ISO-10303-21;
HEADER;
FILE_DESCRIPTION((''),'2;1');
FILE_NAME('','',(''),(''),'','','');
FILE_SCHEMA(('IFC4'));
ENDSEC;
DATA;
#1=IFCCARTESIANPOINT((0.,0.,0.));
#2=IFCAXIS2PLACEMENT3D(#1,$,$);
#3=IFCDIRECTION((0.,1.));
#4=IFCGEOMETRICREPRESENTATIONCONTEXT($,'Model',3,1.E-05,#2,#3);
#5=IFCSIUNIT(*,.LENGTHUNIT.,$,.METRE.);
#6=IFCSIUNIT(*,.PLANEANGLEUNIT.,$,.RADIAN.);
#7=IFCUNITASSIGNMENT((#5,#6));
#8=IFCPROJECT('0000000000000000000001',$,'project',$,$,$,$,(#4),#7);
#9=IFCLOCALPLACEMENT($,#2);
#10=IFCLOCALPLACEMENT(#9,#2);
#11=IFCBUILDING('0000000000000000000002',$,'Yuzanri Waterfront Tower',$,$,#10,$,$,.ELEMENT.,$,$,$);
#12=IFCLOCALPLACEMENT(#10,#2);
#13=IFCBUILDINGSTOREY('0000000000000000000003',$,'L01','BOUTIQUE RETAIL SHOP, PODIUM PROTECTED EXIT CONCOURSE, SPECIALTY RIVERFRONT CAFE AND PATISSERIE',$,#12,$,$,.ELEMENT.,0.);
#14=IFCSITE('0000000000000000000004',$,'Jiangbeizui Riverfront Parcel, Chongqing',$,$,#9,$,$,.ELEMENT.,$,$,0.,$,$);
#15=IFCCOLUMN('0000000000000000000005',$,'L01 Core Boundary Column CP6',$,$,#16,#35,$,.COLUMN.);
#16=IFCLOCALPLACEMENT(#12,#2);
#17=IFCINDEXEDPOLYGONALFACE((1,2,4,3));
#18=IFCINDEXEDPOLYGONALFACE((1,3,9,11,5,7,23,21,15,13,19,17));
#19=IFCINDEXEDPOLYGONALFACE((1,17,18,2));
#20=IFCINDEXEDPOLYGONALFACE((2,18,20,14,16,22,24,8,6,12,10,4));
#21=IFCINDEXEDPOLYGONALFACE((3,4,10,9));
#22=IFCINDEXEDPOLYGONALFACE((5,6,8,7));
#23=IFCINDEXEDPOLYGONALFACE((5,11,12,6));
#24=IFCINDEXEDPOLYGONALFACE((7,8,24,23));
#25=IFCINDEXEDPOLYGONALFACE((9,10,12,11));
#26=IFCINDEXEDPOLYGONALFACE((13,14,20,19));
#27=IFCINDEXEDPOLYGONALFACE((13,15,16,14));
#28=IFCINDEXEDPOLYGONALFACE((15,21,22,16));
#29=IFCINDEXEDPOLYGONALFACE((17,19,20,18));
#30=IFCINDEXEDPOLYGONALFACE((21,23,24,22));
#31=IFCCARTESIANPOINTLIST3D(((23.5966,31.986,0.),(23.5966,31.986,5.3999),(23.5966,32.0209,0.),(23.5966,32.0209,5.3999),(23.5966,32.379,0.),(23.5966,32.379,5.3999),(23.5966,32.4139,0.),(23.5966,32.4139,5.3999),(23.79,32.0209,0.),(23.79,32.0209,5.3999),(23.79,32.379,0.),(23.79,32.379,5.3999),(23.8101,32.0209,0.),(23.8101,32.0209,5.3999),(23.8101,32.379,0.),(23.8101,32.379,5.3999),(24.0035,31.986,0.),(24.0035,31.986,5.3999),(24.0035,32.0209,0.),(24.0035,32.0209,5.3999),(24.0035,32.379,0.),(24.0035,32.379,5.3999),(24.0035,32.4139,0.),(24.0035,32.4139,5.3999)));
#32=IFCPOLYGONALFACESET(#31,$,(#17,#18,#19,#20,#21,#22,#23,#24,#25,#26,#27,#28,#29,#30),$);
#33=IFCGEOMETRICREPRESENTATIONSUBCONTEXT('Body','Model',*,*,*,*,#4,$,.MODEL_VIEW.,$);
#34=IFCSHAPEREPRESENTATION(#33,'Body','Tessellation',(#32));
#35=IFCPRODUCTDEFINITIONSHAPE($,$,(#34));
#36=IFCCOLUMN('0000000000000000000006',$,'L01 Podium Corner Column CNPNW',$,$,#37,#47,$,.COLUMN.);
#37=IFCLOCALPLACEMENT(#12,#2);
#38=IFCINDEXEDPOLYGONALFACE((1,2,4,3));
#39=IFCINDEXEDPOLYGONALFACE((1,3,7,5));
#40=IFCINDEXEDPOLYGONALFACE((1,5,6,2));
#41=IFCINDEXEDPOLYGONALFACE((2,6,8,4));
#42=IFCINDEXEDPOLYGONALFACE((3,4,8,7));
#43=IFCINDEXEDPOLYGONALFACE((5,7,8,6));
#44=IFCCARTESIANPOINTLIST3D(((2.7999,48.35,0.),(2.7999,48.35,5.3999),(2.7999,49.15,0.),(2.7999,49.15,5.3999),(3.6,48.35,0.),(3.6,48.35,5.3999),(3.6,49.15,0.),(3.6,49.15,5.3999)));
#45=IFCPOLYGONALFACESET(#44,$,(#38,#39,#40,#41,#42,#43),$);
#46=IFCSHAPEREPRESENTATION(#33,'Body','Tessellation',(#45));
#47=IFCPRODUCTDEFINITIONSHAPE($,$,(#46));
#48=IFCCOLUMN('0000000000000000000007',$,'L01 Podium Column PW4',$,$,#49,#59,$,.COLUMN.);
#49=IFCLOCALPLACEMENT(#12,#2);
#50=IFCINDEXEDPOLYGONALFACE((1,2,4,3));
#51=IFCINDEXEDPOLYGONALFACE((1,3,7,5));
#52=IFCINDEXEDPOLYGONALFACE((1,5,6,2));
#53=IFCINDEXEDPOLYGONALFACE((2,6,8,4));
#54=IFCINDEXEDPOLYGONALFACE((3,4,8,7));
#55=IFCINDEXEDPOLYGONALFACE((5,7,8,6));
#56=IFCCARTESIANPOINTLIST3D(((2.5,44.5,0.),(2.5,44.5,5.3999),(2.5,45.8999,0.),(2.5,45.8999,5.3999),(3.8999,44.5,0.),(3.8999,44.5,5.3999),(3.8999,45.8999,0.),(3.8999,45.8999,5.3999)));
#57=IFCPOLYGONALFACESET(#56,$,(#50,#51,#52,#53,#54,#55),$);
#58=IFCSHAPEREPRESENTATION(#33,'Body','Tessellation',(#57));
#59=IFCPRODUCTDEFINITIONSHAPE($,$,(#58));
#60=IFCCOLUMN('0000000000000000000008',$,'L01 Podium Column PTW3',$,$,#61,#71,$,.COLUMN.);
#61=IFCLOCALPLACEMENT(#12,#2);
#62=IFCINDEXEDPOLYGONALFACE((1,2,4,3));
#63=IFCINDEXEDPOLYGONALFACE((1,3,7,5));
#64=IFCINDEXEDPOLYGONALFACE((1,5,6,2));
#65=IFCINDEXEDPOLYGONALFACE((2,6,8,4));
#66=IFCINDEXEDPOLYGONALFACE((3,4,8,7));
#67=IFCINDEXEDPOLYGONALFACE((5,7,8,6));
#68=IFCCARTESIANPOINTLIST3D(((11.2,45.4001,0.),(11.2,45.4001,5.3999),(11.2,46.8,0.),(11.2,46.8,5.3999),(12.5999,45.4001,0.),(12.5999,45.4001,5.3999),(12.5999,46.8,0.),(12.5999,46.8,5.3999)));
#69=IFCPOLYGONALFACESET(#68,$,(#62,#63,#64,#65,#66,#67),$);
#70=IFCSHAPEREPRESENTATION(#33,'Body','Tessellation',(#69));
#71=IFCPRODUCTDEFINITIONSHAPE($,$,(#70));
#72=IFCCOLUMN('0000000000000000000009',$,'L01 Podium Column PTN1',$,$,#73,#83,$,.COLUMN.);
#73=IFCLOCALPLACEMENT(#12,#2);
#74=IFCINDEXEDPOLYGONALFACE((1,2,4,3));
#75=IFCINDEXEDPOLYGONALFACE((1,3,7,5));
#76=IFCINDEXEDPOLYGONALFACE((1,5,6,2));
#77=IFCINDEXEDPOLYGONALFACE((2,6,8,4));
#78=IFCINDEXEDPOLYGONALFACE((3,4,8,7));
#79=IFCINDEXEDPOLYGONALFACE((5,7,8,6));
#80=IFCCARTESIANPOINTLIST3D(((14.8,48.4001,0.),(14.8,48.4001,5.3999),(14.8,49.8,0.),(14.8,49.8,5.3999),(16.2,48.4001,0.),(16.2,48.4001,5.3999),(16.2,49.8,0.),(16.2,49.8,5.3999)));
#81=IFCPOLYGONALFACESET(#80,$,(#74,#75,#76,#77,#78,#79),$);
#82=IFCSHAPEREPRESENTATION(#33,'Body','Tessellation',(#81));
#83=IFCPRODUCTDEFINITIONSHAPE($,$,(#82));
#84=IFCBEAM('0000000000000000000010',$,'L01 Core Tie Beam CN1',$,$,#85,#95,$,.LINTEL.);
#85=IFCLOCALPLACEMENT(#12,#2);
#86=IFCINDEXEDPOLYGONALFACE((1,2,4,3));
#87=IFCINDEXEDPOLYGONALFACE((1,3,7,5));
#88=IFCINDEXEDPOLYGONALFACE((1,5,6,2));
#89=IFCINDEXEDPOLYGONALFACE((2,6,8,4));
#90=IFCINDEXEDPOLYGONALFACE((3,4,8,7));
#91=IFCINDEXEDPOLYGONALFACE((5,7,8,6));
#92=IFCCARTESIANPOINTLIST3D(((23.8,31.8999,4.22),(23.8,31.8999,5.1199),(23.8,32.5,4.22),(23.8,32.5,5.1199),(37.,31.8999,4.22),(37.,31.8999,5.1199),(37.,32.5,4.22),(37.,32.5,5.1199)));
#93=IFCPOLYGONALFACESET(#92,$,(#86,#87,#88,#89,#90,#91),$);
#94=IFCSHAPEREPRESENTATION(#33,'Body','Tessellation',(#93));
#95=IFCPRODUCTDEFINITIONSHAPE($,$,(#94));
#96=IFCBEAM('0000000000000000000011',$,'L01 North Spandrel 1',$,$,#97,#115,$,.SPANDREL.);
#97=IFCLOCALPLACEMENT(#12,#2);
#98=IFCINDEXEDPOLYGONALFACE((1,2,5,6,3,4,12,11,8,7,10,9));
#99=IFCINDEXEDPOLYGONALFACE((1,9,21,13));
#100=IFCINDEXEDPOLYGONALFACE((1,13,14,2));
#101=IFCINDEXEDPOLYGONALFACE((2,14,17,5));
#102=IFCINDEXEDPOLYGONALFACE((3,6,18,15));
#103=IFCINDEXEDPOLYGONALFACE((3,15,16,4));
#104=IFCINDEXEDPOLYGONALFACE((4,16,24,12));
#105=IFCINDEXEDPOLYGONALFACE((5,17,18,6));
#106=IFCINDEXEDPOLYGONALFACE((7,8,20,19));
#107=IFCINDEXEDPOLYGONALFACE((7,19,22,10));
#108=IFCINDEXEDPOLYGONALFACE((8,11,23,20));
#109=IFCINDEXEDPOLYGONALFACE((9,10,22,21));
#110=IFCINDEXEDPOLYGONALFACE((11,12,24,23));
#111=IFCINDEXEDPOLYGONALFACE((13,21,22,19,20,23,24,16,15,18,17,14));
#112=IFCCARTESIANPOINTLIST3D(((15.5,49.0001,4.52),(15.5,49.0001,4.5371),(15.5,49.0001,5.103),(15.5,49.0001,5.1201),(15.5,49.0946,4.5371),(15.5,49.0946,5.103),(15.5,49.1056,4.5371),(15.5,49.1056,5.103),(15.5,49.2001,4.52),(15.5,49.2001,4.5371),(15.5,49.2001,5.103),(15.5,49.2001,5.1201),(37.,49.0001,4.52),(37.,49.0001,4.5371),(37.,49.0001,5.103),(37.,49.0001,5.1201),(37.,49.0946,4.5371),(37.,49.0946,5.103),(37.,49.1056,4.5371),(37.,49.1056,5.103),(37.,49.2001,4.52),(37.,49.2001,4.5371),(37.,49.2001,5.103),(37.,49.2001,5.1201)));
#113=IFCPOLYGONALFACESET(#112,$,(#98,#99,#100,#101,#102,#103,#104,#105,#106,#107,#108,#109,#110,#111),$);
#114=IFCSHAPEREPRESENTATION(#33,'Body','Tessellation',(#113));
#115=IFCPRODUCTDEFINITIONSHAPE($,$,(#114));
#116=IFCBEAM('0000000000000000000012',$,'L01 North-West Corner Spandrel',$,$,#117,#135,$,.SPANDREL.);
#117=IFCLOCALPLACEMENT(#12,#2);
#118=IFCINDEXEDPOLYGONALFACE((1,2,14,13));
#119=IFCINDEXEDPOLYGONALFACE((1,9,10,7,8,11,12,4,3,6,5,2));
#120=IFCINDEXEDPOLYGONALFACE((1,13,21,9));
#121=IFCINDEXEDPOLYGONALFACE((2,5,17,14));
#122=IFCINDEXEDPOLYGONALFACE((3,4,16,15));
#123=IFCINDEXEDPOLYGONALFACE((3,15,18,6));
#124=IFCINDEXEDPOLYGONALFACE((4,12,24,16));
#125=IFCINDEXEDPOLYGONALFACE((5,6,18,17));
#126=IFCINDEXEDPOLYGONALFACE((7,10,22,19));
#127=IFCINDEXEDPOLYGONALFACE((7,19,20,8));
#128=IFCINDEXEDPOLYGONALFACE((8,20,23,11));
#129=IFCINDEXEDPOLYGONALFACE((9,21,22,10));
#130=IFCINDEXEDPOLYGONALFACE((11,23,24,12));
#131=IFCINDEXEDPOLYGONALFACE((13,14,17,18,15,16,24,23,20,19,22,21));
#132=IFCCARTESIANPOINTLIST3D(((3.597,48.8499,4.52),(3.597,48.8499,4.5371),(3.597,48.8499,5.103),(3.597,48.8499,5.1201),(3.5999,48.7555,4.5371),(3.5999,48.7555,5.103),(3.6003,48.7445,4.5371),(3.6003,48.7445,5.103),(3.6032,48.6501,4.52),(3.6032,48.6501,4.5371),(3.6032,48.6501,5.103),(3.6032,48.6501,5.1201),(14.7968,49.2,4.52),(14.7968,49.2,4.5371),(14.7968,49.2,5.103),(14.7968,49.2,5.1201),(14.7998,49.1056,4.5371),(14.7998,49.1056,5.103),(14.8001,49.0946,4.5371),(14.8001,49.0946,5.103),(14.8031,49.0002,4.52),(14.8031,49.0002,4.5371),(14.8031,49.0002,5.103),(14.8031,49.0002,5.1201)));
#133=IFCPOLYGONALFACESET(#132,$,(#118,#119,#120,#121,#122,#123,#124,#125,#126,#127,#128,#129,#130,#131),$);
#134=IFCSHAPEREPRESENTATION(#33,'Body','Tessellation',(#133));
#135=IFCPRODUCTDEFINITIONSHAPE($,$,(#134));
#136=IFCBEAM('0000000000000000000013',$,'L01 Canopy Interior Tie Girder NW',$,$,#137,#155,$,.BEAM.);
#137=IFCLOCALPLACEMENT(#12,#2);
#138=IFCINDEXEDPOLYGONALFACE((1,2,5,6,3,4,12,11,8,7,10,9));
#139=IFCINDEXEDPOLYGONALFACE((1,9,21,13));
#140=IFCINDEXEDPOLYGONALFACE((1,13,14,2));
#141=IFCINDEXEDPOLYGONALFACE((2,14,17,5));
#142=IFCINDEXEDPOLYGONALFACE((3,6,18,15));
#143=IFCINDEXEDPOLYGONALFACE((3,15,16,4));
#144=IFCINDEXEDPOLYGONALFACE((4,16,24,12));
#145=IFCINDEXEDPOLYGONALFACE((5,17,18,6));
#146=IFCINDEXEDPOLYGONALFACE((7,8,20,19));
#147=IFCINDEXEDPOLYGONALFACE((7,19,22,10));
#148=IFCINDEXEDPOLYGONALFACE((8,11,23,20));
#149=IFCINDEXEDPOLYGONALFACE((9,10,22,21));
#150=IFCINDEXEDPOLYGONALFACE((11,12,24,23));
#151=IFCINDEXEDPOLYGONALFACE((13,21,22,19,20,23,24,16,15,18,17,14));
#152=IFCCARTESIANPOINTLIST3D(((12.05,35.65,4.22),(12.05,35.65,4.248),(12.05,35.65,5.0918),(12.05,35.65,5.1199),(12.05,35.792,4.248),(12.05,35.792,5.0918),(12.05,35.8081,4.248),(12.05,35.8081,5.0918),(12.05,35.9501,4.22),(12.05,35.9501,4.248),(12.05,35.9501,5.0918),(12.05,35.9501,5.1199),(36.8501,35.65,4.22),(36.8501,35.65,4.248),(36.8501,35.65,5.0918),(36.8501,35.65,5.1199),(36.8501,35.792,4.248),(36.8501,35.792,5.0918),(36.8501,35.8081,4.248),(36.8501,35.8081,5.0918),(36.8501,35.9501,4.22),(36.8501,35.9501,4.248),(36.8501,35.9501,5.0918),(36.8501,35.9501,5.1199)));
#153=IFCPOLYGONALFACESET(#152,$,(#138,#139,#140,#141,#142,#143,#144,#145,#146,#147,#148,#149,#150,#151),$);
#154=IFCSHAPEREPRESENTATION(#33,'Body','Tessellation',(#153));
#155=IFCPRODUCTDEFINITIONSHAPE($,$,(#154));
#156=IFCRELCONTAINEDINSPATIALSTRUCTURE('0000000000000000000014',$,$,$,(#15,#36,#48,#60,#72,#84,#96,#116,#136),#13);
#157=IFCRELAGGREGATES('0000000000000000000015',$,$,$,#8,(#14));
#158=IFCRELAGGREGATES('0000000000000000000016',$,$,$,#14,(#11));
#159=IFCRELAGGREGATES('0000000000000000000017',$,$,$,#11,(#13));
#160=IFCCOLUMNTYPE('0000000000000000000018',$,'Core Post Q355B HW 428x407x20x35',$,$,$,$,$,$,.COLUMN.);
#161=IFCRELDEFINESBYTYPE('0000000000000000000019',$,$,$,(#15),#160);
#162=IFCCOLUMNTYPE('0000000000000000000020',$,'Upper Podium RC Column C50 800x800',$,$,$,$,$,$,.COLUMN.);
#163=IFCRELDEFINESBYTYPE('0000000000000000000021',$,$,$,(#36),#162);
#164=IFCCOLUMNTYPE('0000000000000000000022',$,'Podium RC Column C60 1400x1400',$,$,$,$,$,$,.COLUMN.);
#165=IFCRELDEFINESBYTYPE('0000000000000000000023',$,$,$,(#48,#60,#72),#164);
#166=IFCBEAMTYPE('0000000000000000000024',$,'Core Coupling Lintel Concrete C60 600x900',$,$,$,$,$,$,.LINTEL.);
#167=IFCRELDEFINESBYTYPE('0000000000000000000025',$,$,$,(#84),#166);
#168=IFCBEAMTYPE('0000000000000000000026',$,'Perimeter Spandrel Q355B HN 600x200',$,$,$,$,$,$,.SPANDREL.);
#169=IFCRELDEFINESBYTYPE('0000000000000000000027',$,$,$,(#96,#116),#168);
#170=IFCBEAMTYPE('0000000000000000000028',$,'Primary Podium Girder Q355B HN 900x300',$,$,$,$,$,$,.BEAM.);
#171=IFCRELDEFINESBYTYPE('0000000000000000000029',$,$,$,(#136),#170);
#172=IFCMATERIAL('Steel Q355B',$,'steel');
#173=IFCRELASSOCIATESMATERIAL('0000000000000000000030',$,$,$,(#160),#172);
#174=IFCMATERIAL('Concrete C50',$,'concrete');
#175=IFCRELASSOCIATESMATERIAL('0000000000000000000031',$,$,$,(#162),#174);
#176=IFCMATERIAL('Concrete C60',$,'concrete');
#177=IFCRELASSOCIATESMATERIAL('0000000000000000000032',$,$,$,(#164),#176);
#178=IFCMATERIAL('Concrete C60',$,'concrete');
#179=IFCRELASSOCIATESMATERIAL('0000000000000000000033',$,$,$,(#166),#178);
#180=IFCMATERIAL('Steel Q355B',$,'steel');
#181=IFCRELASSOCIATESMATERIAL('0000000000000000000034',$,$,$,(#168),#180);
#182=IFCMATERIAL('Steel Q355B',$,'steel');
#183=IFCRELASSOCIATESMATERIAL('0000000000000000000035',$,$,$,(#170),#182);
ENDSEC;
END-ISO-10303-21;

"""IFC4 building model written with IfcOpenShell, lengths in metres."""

from ifc_helpers import new_model, si_unit, direction, frame, origin, origin_2d, place, context, subcontext, project, spatial, rectangle, i_section, extrude, source, transform, mapped, material, material_profile, profile_set, type_object, element, save


model = new_model("IFC4")

# Units and contexts
model_context = context("Model", 3, precision=1e-05, world=origin(), true_north=direction((0.0, 1.0)))
body_context = subcontext(model_context, "Body", "Model", "MODEL_VIEW")
ifc_project = project(units=[si_unit("LENGTHUNIT", "METRE"), si_unit("PLANEANGLEUNIT", "RADIAN")], contexts=[model_context])

# Site, building, storey
site_placement = place(None, origin())
site = spatial("IfcSite", under=ifc_project, at=site_placement, Name="Jiangbeizui Riverfront Parcel, Chongqing", CompositionType="ELEMENT", RefElevation=0.0)
building_placement = place(site_placement, origin())
building = spatial("IfcBuilding", under=site, at=building_placement, Name="Yuzanri Waterfront Tower", CompositionType="ELEMENT")
storey_placement = place(building_placement, origin())
storey = spatial("IfcBuildingStorey", under=building, at=storey_placement, Name="L01", Description="BOUTIQUE RETAIL SHOP, PODIUM PROTECTED EXIT CONCOURSE, SPECIALTY RIVERFRONT CAFE AND PATISSERIE", CompositionType="ELEMENT", Elevation=0.0)

# Columns
ifc_material_1 = material(Name="Steel Q355B", Category="steel")
ifc_material_profile_1 = material_profile(ifc_material_1, i_section(OverallWidth=0.407, OverallDepth=0.428, WebThickness=0.02, FlangeThickness=0.0349, at=origin_2d()), Name="HW 428x407x20x35")
ifc_profile_set_1 = profile_set([ifc_material_profile_1], Name="Steel Q355B")
column_type_1 = type_object("IfcColumnType", Name="Core Post Q355B HW 428x407x20x35", PredefinedType="COLUMN", material=ifc_profile_set_1)
shared_shape_1 = source(origin(), body_context, "Body", "SweptSolid", [
    extrude(i_section(OverallWidth=0.407, OverallDepth=0.428, WebThickness=0.02, FlangeThickness=0.0349, at=origin_2d()), origin(), (0.0, 0.0, 1.0), 5.3999),
])
column_1_placement = place(storey_placement, frame((23.8, 32.2, 0.0), z_axis=(0.0, 0.0, 1.0), x_axis=(1.0, 0.0, 0.0)))
element("IfcColumn", 1, at=column_1_placement, inside=storey, type_object=column_type_1, Name="L01 Core Boundary Column CP6", PredefinedType="COLUMN", context=body_context, shape_type="MappedRepresentation", body=[
    mapped(shared_shape_1, transform((0.0, 0.0, 0.0), scale=1.0)),
])
ifc_material_2 = material(Name="Concrete C50", Category="concrete")
ifc_material_profile_2 = material_profile(ifc_material_2, rectangle(XDim=0.8, YDim=0.8, at=origin_2d()), Name="RC 800x800")
ifc_profile_set_2 = profile_set([ifc_material_profile_2], Name="Concrete C50")
column_type_2 = type_object("IfcColumnType", Name="Upper Podium RC Column C50 800x800", PredefinedType="COLUMN", material=ifc_profile_set_2)
shared_shape_2 = source(origin(), body_context, "Body", "SweptSolid", [
    extrude(rectangle(XDim=0.8, YDim=0.8, at=origin_2d()), origin(), (0.0, 0.0, 1.0), 5.3999),
])
column_2_placement = place(storey_placement, frame((3.2, 48.75, 0.0), z_axis=(0.0, 0.0, 1.0), x_axis=(1.0, 0.0, 0.0)))
element("IfcColumn", 2, at=column_2_placement, inside=storey, type_object=column_type_2, Name="L01 Podium Corner Column CNPNW", PredefinedType="COLUMN", context=body_context, shape_type="MappedRepresentation", body=[
    mapped(shared_shape_2, transform((0.0, 0.0, 0.0), scale=1.0)),
])
ifc_material_3 = material(Name="Concrete C60", Category="concrete")
ifc_material_profile_3 = material_profile(ifc_material_3, rectangle(XDim=1.3999, YDim=1.3999, at=origin_2d()), Name="RC 1400x1400")
ifc_profile_set_3 = profile_set([ifc_material_profile_3], Name="Concrete C60")
column_type_3 = type_object("IfcColumnType", Name="Podium RC Column C60 1400x1400", PredefinedType="COLUMN", material=ifc_profile_set_3)
shared_shape_3 = source(origin(), body_context, "Body", "SweptSolid", [
    extrude(rectangle(XDim=1.3999, YDim=1.3999, at=origin_2d()), origin(), (0.0, 0.0, 1.0), 5.3999),
])
for number, where, z_axis, x_axis, name in (
    (3, (3.2, 45.2, 0.0), (0.0, 0.0, 1.0), (1.0, 0.0, 0.0), "L01 Podium Column PW4"),
    (4, (11.8999, 46.1001, 0.0), (0.0, 0.0, 1.0), (1.0, 0.0, 0.0), "L01 Podium Column PTW3"),
    (5, (15.5, 49.1001, 0.0), (0.0, 0.0, 1.0), (1.0, 0.0, 0.0), "L01 Podium Column PTN1"),
):
    element("IfcColumn", number, at=place(storey_placement, frame(where, z_axis=z_axis, x_axis=x_axis)), inside=storey, type_object=column_type_3, Name=name, PredefinedType="COLUMN", context=body_context, shape_type="MappedRepresentation", body=[
        mapped(shared_shape_3, transform((0.0, 0.0, 0.0), scale=1.0)),
    ])

# Beams
ifc_material_4 = material(Name="Concrete C60", Category="concrete")
ifc_material_profile_4 = material_profile(ifc_material_4, rectangle(XDim=0.6001, YDim=0.8999, at=origin_2d()), Name="RC 600x900")
ifc_profile_set_4 = profile_set([ifc_material_profile_4], Name="Concrete C60")
beam_type_1 = type_object("IfcBeamType", Name="Core Coupling Lintel Concrete C60 600x900", PredefinedType="LINTEL", material=ifc_profile_set_4)
shared_shape_4 = source(origin(), body_context, "Body", "SweptSolid", [
    extrude(rectangle(XDim=0.6001, YDim=0.8999, at=origin_2d()), origin(), (0.0, 0.0, 1.0), 13.2),
])
beam_1_placement = place(storey_placement, frame((23.8, 32.2, 4.6699), z_axis=(1.0, 0.0, 0.0), x_axis=(0.0, 1.0, 0.0)))
element("IfcBeam", 6, at=beam_1_placement, inside=storey, type_object=beam_type_1, Name="L01 Core Tie Beam CN1", PredefinedType="LINTEL", context=body_context, shape_type="MappedRepresentation", body=[
    mapped(shared_shape_4, transform((0.0, 0.0, 0.0), scale=1.0)),
])
ifc_material_5 = material(Name="Steel Q355B", Category="steel")
ifc_material_profile_5 = material_profile(ifc_material_5, i_section(OverallWidth=0.2, OverallDepth=0.6001, WebThickness=0.011, FlangeThickness=0.0171, at=origin_2d()), Name="HN 600x200x11x17")
ifc_profile_set_5 = profile_set([ifc_material_profile_5], Name="Steel Q355B")
beam_type_2 = type_object("IfcBeamType", Name="Perimeter Spandrel Q355B HN 600x200", PredefinedType="SPANDREL", material=ifc_profile_set_5)
shared_shape_5 = source(origin(), body_context, "Body", "SweptSolid", [
    extrude(i_section(OverallWidth=0.2, OverallDepth=0.6001, WebThickness=0.011, FlangeThickness=0.0171, at=origin_2d()), origin(), (0.0, 0.0, 1.0), 21.5),
])
beam_2_placement = place(storey_placement, frame((15.5, 49.1001, 4.8201), z_axis=(1.0, 0.0, 0.0), x_axis=(0.0, 1.0, 0.0)))
element("IfcBeam", 7, at=beam_2_placement, inside=storey, type_object=beam_type_2, Name="L01 North Spandrel 1", PredefinedType="SPANDREL", context=body_context, shape_type="MappedRepresentation", body=[
    mapped(shared_shape_5, transform((0.0, 0.0, 0.0), scale=1.0)),
])
shared_shape_6 = source(origin(), body_context, "Body", "SweptSolid", [
    extrude(i_section(OverallWidth=0.2, OverallDepth=0.6001, WebThickness=0.011, FlangeThickness=0.0171, at=origin_2d()), origin(), (0.0, 0.0, 1.0), 11.2053),
])
beam_3_placement = place(storey_placement, frame((3.6001, 48.75, 4.8201), z_axis=(0.999512, 0.031244, 0.0), x_axis=(-0.031244, 0.999512, 0.0)))
element("IfcBeam", 8, at=beam_3_placement, inside=storey, type_object=beam_type_2, Name="L01 North-West Corner Spandrel", PredefinedType="SPANDREL", context=body_context, shape_type="MappedRepresentation", body=[
    mapped(shared_shape_6, transform((0.0, 0.0, 0.0), scale=1.0)),
])
ifc_material_6 = material(Name="Steel Q355B", Category="steel")
ifc_material_profile_6 = material_profile(ifc_material_6, i_section(OverallWidth=0.3, OverallDepth=0.8999, WebThickness=0.0161, FlangeThickness=0.0281, at=origin_2d()), Name="HN 900x300x16x28")
ifc_profile_set_6 = profile_set([ifc_material_profile_6], Name="Steel Q355B")
beam_type_3 = type_object("IfcBeamType", Name="Primary Podium Girder Q355B HN 900x300", PredefinedType="BEAM", material=ifc_profile_set_6)
shared_shape_7 = source(origin(), body_context, "Body", "SweptSolid", [
    extrude(i_section(OverallWidth=0.3, OverallDepth=0.8999, WebThickness=0.0161, FlangeThickness=0.0281, at=origin_2d()), origin(), (0.0, 0.0, 1.0), 24.8),
])
beam_4_placement = place(storey_placement, frame((12.05, 35.8, 4.6699), z_axis=(1.0, 0.0, 0.0), x_axis=(0.0, 1.0, 0.0)))
element("IfcBeam", 9, at=beam_4_placement, inside=storey, type_object=beam_type_3, Name="L01 Canopy Interior Tie Girder NW", PredefinedType="BEAM", context=body_context, shape_type="MappedRepresentation", body=[
    mapped(shared_shape_7, transform((0.0, 0.0, 0.0), scale=1.0)),
])

save(model, "model.ifc")
